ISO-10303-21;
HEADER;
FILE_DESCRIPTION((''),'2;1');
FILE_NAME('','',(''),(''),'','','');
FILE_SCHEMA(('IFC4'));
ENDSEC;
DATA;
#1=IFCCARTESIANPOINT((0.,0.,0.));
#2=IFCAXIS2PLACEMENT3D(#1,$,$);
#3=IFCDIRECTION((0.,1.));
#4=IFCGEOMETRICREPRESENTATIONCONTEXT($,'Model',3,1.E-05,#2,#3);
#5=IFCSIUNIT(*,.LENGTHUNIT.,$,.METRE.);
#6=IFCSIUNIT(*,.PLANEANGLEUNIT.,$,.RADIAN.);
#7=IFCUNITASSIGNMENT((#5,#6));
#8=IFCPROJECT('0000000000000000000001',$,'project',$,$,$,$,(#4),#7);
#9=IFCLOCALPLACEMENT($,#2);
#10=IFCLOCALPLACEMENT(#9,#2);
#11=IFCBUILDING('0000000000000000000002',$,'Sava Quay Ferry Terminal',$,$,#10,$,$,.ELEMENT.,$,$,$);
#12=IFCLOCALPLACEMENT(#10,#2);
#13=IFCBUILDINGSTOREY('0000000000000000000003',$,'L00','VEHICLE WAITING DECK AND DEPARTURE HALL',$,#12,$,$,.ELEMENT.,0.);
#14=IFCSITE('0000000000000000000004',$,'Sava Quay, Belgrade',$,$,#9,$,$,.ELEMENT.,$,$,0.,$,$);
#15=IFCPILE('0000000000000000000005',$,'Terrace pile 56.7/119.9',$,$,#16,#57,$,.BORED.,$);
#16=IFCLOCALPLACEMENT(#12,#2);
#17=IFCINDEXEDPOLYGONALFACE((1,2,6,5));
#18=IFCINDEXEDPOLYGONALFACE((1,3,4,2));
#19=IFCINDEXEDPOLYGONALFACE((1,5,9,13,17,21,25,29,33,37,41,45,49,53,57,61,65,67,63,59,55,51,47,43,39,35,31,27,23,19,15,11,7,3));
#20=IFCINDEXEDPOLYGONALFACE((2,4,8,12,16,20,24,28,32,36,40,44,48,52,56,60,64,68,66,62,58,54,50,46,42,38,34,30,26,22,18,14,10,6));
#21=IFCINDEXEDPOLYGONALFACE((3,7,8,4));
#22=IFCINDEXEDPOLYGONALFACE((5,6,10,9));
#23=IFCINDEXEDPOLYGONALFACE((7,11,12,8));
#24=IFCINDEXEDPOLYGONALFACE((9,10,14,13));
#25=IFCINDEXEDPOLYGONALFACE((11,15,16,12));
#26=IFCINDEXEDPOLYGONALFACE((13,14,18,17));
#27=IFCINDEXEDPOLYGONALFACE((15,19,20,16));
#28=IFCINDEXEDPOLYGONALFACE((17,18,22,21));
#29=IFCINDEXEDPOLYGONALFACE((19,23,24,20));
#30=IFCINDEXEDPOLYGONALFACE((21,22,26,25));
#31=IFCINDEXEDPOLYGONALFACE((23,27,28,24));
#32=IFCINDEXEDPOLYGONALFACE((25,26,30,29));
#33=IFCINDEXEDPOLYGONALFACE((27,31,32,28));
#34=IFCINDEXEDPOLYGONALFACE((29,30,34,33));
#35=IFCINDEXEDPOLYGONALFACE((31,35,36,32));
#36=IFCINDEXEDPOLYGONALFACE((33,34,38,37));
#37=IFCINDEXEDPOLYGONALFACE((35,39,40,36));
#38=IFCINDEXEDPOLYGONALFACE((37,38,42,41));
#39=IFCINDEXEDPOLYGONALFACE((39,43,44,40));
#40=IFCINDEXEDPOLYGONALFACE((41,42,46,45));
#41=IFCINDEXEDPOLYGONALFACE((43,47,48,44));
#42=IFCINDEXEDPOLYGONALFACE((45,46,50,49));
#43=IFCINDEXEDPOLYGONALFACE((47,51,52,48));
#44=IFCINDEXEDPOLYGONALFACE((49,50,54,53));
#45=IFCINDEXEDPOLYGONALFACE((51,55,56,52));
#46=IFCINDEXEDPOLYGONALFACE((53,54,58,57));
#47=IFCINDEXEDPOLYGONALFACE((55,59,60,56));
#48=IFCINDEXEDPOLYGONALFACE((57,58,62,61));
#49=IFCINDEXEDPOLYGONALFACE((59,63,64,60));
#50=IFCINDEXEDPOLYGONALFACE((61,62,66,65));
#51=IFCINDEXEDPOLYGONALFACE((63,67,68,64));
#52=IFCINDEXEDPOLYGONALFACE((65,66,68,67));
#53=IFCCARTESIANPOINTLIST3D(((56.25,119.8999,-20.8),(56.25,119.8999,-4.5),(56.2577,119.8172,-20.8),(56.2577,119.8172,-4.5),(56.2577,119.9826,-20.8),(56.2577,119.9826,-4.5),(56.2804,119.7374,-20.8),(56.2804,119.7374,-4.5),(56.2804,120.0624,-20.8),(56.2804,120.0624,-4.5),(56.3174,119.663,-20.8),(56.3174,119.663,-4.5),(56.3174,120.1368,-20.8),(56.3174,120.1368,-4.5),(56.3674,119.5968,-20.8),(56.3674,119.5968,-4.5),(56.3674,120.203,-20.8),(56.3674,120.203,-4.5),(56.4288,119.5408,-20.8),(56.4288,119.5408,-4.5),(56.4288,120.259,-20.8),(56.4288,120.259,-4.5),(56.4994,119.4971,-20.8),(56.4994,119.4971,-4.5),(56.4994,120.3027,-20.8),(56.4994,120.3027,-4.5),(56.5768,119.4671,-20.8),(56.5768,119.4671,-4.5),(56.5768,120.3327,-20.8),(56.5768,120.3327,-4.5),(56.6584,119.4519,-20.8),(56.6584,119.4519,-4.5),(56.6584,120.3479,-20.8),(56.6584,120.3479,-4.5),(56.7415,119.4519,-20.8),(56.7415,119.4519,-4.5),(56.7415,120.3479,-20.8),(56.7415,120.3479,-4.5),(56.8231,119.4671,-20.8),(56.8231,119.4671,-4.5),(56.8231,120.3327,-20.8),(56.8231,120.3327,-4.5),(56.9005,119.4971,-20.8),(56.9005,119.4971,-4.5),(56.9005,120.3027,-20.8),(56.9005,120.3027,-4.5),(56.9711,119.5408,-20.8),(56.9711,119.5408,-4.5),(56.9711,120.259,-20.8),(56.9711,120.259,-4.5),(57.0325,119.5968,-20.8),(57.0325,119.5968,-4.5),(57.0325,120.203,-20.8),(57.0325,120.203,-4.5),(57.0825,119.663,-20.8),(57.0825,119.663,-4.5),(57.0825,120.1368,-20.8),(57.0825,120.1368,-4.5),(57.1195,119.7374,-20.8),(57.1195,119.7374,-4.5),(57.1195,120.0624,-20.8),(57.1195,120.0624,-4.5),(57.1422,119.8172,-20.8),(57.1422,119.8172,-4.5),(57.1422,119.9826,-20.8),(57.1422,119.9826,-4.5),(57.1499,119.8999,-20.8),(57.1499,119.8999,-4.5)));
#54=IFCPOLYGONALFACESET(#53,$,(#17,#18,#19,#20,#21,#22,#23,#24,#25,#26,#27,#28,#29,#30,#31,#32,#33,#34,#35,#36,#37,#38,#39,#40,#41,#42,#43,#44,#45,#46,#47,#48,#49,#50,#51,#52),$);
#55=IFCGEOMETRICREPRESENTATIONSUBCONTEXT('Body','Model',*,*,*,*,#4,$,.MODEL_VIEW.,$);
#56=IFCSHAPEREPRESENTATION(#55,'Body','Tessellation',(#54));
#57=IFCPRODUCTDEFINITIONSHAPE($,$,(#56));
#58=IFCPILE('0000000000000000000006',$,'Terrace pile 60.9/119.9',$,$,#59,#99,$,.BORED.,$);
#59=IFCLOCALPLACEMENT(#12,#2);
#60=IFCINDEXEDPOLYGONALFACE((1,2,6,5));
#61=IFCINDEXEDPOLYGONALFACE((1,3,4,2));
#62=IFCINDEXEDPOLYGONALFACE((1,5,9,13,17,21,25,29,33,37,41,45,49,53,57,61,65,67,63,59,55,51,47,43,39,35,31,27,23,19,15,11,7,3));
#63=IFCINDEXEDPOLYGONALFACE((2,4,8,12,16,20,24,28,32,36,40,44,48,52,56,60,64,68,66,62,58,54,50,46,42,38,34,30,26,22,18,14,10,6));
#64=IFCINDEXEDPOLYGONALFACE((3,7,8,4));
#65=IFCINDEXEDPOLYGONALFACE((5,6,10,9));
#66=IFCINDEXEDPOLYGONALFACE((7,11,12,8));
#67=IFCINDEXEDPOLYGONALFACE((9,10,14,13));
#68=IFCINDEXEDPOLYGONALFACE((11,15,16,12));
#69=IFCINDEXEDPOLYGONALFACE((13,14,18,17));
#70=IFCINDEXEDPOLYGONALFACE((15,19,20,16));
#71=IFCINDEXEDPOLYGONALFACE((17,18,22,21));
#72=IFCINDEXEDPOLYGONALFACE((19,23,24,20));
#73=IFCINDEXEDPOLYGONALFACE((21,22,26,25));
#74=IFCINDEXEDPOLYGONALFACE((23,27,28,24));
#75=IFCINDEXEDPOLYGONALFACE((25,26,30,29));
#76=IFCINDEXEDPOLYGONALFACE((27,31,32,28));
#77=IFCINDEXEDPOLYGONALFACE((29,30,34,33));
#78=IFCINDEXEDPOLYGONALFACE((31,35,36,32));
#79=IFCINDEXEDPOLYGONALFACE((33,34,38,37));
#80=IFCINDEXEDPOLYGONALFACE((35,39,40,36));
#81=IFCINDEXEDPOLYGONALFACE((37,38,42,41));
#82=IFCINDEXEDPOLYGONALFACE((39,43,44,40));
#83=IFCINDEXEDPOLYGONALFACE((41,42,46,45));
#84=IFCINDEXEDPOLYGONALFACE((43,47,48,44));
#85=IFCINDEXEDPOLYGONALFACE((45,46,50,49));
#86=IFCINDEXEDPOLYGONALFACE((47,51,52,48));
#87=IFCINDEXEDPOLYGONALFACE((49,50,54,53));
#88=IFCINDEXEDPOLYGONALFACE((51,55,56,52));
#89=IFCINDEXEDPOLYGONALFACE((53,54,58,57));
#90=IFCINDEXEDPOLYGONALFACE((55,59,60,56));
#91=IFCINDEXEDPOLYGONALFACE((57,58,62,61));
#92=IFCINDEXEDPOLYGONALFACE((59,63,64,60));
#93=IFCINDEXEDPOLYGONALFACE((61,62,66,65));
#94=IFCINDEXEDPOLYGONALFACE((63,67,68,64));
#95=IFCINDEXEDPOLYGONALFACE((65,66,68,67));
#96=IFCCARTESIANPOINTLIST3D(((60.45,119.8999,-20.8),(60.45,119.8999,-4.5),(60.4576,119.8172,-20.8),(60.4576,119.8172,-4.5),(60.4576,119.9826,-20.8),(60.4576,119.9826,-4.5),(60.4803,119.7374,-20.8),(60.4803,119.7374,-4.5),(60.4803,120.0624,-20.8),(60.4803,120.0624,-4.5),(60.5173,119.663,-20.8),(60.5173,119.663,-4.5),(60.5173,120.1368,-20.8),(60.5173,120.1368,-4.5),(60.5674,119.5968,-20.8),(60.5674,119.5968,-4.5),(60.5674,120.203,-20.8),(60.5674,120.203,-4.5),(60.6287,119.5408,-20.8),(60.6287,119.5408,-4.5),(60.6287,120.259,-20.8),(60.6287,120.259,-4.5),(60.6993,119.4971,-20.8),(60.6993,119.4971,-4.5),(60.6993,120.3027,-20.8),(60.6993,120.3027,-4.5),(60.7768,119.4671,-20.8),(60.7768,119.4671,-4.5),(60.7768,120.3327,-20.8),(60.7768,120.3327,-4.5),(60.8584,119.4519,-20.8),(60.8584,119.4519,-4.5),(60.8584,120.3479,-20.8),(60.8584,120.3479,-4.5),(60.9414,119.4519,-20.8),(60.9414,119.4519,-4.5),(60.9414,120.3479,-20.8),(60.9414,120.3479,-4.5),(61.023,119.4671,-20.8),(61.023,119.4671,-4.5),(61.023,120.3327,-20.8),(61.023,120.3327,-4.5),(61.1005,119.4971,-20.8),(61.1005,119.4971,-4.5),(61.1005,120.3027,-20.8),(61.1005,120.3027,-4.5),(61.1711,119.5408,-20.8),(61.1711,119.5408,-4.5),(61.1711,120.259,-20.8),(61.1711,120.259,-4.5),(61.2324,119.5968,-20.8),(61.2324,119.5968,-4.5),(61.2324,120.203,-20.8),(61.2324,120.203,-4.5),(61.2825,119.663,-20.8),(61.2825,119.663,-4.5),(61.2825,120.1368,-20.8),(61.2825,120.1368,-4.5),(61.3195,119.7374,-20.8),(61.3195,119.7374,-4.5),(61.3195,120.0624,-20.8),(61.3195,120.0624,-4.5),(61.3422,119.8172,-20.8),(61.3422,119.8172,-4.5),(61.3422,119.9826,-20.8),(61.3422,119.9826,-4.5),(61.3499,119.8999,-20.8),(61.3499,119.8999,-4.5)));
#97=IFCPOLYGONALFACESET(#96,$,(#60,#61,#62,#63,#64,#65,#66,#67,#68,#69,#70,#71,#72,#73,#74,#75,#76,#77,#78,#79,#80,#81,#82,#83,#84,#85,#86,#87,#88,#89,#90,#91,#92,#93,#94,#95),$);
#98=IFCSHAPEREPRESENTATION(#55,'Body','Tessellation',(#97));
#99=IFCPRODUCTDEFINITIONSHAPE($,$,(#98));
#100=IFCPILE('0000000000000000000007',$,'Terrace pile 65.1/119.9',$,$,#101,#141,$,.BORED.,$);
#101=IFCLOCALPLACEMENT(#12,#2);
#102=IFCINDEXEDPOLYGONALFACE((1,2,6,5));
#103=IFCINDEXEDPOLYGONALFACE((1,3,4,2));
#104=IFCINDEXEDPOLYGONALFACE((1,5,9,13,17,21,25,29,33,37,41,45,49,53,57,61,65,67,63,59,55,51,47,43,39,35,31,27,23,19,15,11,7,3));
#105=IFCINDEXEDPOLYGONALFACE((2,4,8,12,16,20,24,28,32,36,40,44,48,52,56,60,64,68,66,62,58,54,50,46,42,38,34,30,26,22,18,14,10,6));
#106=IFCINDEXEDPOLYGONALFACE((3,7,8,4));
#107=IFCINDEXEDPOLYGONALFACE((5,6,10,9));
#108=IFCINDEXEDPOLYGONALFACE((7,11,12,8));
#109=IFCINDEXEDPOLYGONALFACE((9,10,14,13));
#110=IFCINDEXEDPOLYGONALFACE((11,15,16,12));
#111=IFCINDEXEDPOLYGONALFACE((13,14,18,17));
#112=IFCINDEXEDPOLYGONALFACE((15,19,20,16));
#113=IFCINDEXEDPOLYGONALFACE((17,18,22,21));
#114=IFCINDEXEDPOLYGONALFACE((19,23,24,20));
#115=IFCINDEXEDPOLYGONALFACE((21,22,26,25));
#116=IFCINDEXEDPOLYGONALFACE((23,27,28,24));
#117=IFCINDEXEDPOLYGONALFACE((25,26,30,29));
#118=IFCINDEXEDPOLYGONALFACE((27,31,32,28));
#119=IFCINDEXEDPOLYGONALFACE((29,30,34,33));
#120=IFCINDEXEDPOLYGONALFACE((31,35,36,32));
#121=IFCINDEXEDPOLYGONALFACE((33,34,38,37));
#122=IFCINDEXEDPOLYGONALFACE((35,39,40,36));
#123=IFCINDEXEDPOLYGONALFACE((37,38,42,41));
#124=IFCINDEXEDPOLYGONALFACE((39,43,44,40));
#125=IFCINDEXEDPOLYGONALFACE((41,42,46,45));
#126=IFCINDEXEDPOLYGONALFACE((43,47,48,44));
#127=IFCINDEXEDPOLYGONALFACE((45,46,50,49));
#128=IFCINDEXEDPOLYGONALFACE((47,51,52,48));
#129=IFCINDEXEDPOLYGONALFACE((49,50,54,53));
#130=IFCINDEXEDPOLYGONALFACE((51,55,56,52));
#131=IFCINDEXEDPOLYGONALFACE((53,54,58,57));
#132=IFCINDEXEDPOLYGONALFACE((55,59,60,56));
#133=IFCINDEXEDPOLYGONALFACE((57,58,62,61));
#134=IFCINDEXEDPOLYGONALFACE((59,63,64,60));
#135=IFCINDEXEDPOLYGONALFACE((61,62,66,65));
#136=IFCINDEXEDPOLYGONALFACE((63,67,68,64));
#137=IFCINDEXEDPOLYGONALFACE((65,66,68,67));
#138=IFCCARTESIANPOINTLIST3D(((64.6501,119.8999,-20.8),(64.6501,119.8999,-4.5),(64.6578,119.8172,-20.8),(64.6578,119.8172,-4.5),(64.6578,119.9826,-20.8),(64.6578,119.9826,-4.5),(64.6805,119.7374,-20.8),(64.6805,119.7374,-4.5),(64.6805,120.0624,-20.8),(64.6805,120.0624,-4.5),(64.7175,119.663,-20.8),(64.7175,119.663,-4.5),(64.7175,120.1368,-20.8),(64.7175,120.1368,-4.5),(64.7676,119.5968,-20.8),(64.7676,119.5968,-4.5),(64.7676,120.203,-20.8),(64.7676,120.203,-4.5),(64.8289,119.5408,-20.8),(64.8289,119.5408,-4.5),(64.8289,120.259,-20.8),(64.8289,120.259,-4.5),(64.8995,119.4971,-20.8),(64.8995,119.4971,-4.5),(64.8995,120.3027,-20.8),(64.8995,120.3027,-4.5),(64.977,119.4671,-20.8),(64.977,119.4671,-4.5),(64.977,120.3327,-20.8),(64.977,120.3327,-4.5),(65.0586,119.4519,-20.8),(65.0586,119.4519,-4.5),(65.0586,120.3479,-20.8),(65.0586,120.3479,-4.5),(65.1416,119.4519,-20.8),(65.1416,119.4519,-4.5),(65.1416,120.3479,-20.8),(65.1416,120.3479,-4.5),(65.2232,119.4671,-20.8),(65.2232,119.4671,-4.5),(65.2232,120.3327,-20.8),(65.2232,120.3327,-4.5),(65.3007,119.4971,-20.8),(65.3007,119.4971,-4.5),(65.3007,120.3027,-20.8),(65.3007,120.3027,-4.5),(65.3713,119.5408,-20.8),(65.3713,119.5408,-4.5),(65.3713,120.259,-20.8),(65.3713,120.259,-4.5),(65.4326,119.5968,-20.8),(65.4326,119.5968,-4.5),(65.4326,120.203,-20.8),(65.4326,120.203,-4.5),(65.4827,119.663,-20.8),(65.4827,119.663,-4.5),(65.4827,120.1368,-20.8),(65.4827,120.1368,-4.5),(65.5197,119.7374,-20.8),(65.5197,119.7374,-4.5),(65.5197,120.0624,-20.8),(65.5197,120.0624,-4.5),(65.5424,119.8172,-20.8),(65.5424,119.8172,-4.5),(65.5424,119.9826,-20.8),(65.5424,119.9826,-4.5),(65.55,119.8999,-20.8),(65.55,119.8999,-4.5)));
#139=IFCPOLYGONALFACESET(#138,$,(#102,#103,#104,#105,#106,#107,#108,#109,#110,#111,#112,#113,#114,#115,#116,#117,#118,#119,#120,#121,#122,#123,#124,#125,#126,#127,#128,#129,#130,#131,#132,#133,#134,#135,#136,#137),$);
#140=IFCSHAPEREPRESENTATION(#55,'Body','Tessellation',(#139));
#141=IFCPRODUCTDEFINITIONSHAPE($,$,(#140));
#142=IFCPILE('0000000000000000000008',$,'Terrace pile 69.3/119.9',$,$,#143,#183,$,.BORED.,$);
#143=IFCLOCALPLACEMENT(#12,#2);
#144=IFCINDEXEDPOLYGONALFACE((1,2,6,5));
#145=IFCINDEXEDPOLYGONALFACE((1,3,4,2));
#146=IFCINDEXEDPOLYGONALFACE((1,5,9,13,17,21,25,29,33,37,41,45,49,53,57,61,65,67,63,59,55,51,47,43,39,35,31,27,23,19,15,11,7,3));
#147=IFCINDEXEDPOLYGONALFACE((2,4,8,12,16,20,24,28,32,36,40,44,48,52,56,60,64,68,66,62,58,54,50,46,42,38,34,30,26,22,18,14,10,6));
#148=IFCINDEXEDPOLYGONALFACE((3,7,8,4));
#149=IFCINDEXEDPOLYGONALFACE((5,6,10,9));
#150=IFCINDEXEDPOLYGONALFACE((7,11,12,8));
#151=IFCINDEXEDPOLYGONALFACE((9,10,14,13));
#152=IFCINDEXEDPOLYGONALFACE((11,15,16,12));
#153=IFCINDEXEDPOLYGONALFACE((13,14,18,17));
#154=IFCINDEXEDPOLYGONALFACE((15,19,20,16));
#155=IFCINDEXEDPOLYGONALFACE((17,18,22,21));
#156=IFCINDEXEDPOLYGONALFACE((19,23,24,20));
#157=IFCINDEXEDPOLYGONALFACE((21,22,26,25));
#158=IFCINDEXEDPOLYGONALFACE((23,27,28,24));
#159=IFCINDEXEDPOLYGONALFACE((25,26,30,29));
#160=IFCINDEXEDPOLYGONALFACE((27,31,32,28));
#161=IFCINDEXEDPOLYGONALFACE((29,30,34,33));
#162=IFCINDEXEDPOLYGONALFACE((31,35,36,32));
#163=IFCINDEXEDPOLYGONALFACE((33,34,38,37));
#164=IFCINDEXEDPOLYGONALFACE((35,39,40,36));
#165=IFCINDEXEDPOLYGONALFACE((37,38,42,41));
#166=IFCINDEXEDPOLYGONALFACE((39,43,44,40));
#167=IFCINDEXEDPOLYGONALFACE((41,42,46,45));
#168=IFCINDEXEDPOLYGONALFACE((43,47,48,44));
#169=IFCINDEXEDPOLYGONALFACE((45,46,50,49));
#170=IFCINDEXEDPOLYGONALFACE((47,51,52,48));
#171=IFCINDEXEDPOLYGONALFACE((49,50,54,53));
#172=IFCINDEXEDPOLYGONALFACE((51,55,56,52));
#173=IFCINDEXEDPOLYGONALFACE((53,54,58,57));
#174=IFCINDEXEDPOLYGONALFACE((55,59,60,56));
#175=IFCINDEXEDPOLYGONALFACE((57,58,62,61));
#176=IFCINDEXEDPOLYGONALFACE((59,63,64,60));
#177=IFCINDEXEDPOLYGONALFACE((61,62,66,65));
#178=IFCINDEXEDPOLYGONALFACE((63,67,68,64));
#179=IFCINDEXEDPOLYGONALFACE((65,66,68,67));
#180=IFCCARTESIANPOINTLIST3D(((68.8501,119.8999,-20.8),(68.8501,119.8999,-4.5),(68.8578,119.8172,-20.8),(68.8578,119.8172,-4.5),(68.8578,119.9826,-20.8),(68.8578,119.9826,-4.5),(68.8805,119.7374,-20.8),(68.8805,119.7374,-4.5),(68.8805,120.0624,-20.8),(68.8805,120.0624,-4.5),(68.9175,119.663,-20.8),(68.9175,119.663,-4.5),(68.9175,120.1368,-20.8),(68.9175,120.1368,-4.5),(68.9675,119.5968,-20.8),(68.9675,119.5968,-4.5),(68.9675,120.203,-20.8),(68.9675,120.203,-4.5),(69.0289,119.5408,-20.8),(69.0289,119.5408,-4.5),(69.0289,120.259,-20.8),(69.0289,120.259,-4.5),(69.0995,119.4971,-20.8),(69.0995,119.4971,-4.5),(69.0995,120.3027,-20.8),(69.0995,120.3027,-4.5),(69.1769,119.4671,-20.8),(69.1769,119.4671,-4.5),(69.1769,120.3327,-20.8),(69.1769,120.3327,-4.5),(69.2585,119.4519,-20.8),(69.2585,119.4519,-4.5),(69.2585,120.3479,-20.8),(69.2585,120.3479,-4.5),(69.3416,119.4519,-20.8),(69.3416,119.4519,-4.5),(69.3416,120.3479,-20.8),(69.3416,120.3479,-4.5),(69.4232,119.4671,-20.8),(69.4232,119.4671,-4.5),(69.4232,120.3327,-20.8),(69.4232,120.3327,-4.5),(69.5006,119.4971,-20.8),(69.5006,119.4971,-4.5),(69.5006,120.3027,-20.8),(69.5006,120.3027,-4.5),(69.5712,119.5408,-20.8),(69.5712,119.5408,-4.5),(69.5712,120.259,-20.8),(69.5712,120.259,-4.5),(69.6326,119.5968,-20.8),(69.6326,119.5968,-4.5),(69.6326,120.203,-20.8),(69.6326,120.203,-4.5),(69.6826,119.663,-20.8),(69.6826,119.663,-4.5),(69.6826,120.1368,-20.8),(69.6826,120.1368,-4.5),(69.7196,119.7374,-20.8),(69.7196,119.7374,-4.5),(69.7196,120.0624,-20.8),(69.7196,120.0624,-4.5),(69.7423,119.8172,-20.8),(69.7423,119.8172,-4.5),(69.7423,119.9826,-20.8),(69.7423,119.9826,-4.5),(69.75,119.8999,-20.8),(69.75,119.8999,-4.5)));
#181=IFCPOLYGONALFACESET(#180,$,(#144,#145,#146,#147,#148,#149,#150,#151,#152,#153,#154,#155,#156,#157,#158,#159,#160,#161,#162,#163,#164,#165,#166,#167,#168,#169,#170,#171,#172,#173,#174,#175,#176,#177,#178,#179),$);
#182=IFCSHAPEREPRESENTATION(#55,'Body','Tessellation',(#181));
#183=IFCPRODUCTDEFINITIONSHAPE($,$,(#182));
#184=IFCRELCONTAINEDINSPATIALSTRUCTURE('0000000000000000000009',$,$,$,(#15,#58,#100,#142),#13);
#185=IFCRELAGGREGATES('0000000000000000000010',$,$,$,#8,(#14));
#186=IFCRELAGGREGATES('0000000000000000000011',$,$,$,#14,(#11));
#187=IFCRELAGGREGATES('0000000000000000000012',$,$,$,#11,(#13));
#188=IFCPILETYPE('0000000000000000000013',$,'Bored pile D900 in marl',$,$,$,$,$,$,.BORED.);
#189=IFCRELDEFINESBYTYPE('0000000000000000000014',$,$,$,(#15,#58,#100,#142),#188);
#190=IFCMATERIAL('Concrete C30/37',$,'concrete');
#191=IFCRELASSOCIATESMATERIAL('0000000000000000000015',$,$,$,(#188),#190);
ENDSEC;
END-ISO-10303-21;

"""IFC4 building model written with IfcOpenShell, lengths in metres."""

from ifc_helpers import new_model, si_unit, direction, frame, origin, origin_2d, place, context, subcontext, project, spatial, circle, extrude, material, material_profile, profile_set, type_object, element, save


model = new_model("IFC4")

# Units and contexts
model_context = context("Model", 3, precision=1e-05, world=origin(), true_north=direction((0.0, 1.0)))
body_context = subcontext(model_context, "Body", "Model", "MODEL_VIEW")
ifc_project = project(units=[si_unit("LENGTHUNIT", "METRE"), si_unit("PLANEANGLEUNIT", "RADIAN")], contexts=[model_context])

# Site, building, storey
site_placement = place(None, origin())
site = spatial("IfcSite", under=ifc_project, at=site_placement, Name="Sava Quay, Belgrade", CompositionType="ELEMENT", RefElevation=0.0)
building_placement = place(site_placement, origin())
building = spatial("IfcBuilding", under=site, at=building_placement, Name="Sava Quay Ferry Terminal", CompositionType="ELEMENT")
storey_placement = place(building_placement, origin())
storey = spatial("IfcBuildingStorey", under=building, at=storey_placement, Name="L00", Description="VEHICLE WAITING DECK AND DEPARTURE HALL", CompositionType="ELEMENT", Elevation=0.0)

# Piles
ifc_material_1 = material(Name="Concrete C30/37", Category="concrete")
ifc_material_profile_1 = material_profile(ifc_material_1, circle(Radius=0.45, at=origin_2d()), Name="Bored pile D900 in marl")
ifc_profile_set_1 = profile_set([ifc_material_profile_1], Name="Concrete C30/37")
pile_type_1 = type_object("IfcPileType", Name="Bored pile D900 in marl", PredefinedType="BORED", material=ifc_profile_set_1)
for number, where, z_axis, x_axis, name in (
    (1, (56.7, 119.8999, -4.5), (0.0, 0.0, -1.0), (1.0, 0.0, 0.0), "Terrace pile 56.7/119.9"),
    (2, (60.8999, 119.8999, -4.5), (0.0, 0.0, -1.0), (1.0, 0.0, 0.0), "Terrace pile 60.9/119.9"),
    (3, (65.1001, 119.8999, -4.5), (0.0, 0.0, -1.0), (1.0, 0.0, 0.0), "Terrace pile 65.1/119.9"),
    (4, (69.3, 119.8999, -4.5), (0.0, 0.0, -1.0), (1.0, 0.0, 0.0), "Terrace pile 69.3/119.9"),
):
    element("IfcPile", number, at=place(storey_placement, frame(where, z_axis=z_axis, x_axis=x_axis)), inside=storey, type_object=pile_type_1, Name=name, PredefinedType="BORED", context=body_context, shape_type="SweptSolid", body=[
        extrude(circle(Radius=0.45, at=origin_2d()), origin(), (0.0, 0.0, 1.0), 16.3),
    ])

save(model, "model.ifc")
